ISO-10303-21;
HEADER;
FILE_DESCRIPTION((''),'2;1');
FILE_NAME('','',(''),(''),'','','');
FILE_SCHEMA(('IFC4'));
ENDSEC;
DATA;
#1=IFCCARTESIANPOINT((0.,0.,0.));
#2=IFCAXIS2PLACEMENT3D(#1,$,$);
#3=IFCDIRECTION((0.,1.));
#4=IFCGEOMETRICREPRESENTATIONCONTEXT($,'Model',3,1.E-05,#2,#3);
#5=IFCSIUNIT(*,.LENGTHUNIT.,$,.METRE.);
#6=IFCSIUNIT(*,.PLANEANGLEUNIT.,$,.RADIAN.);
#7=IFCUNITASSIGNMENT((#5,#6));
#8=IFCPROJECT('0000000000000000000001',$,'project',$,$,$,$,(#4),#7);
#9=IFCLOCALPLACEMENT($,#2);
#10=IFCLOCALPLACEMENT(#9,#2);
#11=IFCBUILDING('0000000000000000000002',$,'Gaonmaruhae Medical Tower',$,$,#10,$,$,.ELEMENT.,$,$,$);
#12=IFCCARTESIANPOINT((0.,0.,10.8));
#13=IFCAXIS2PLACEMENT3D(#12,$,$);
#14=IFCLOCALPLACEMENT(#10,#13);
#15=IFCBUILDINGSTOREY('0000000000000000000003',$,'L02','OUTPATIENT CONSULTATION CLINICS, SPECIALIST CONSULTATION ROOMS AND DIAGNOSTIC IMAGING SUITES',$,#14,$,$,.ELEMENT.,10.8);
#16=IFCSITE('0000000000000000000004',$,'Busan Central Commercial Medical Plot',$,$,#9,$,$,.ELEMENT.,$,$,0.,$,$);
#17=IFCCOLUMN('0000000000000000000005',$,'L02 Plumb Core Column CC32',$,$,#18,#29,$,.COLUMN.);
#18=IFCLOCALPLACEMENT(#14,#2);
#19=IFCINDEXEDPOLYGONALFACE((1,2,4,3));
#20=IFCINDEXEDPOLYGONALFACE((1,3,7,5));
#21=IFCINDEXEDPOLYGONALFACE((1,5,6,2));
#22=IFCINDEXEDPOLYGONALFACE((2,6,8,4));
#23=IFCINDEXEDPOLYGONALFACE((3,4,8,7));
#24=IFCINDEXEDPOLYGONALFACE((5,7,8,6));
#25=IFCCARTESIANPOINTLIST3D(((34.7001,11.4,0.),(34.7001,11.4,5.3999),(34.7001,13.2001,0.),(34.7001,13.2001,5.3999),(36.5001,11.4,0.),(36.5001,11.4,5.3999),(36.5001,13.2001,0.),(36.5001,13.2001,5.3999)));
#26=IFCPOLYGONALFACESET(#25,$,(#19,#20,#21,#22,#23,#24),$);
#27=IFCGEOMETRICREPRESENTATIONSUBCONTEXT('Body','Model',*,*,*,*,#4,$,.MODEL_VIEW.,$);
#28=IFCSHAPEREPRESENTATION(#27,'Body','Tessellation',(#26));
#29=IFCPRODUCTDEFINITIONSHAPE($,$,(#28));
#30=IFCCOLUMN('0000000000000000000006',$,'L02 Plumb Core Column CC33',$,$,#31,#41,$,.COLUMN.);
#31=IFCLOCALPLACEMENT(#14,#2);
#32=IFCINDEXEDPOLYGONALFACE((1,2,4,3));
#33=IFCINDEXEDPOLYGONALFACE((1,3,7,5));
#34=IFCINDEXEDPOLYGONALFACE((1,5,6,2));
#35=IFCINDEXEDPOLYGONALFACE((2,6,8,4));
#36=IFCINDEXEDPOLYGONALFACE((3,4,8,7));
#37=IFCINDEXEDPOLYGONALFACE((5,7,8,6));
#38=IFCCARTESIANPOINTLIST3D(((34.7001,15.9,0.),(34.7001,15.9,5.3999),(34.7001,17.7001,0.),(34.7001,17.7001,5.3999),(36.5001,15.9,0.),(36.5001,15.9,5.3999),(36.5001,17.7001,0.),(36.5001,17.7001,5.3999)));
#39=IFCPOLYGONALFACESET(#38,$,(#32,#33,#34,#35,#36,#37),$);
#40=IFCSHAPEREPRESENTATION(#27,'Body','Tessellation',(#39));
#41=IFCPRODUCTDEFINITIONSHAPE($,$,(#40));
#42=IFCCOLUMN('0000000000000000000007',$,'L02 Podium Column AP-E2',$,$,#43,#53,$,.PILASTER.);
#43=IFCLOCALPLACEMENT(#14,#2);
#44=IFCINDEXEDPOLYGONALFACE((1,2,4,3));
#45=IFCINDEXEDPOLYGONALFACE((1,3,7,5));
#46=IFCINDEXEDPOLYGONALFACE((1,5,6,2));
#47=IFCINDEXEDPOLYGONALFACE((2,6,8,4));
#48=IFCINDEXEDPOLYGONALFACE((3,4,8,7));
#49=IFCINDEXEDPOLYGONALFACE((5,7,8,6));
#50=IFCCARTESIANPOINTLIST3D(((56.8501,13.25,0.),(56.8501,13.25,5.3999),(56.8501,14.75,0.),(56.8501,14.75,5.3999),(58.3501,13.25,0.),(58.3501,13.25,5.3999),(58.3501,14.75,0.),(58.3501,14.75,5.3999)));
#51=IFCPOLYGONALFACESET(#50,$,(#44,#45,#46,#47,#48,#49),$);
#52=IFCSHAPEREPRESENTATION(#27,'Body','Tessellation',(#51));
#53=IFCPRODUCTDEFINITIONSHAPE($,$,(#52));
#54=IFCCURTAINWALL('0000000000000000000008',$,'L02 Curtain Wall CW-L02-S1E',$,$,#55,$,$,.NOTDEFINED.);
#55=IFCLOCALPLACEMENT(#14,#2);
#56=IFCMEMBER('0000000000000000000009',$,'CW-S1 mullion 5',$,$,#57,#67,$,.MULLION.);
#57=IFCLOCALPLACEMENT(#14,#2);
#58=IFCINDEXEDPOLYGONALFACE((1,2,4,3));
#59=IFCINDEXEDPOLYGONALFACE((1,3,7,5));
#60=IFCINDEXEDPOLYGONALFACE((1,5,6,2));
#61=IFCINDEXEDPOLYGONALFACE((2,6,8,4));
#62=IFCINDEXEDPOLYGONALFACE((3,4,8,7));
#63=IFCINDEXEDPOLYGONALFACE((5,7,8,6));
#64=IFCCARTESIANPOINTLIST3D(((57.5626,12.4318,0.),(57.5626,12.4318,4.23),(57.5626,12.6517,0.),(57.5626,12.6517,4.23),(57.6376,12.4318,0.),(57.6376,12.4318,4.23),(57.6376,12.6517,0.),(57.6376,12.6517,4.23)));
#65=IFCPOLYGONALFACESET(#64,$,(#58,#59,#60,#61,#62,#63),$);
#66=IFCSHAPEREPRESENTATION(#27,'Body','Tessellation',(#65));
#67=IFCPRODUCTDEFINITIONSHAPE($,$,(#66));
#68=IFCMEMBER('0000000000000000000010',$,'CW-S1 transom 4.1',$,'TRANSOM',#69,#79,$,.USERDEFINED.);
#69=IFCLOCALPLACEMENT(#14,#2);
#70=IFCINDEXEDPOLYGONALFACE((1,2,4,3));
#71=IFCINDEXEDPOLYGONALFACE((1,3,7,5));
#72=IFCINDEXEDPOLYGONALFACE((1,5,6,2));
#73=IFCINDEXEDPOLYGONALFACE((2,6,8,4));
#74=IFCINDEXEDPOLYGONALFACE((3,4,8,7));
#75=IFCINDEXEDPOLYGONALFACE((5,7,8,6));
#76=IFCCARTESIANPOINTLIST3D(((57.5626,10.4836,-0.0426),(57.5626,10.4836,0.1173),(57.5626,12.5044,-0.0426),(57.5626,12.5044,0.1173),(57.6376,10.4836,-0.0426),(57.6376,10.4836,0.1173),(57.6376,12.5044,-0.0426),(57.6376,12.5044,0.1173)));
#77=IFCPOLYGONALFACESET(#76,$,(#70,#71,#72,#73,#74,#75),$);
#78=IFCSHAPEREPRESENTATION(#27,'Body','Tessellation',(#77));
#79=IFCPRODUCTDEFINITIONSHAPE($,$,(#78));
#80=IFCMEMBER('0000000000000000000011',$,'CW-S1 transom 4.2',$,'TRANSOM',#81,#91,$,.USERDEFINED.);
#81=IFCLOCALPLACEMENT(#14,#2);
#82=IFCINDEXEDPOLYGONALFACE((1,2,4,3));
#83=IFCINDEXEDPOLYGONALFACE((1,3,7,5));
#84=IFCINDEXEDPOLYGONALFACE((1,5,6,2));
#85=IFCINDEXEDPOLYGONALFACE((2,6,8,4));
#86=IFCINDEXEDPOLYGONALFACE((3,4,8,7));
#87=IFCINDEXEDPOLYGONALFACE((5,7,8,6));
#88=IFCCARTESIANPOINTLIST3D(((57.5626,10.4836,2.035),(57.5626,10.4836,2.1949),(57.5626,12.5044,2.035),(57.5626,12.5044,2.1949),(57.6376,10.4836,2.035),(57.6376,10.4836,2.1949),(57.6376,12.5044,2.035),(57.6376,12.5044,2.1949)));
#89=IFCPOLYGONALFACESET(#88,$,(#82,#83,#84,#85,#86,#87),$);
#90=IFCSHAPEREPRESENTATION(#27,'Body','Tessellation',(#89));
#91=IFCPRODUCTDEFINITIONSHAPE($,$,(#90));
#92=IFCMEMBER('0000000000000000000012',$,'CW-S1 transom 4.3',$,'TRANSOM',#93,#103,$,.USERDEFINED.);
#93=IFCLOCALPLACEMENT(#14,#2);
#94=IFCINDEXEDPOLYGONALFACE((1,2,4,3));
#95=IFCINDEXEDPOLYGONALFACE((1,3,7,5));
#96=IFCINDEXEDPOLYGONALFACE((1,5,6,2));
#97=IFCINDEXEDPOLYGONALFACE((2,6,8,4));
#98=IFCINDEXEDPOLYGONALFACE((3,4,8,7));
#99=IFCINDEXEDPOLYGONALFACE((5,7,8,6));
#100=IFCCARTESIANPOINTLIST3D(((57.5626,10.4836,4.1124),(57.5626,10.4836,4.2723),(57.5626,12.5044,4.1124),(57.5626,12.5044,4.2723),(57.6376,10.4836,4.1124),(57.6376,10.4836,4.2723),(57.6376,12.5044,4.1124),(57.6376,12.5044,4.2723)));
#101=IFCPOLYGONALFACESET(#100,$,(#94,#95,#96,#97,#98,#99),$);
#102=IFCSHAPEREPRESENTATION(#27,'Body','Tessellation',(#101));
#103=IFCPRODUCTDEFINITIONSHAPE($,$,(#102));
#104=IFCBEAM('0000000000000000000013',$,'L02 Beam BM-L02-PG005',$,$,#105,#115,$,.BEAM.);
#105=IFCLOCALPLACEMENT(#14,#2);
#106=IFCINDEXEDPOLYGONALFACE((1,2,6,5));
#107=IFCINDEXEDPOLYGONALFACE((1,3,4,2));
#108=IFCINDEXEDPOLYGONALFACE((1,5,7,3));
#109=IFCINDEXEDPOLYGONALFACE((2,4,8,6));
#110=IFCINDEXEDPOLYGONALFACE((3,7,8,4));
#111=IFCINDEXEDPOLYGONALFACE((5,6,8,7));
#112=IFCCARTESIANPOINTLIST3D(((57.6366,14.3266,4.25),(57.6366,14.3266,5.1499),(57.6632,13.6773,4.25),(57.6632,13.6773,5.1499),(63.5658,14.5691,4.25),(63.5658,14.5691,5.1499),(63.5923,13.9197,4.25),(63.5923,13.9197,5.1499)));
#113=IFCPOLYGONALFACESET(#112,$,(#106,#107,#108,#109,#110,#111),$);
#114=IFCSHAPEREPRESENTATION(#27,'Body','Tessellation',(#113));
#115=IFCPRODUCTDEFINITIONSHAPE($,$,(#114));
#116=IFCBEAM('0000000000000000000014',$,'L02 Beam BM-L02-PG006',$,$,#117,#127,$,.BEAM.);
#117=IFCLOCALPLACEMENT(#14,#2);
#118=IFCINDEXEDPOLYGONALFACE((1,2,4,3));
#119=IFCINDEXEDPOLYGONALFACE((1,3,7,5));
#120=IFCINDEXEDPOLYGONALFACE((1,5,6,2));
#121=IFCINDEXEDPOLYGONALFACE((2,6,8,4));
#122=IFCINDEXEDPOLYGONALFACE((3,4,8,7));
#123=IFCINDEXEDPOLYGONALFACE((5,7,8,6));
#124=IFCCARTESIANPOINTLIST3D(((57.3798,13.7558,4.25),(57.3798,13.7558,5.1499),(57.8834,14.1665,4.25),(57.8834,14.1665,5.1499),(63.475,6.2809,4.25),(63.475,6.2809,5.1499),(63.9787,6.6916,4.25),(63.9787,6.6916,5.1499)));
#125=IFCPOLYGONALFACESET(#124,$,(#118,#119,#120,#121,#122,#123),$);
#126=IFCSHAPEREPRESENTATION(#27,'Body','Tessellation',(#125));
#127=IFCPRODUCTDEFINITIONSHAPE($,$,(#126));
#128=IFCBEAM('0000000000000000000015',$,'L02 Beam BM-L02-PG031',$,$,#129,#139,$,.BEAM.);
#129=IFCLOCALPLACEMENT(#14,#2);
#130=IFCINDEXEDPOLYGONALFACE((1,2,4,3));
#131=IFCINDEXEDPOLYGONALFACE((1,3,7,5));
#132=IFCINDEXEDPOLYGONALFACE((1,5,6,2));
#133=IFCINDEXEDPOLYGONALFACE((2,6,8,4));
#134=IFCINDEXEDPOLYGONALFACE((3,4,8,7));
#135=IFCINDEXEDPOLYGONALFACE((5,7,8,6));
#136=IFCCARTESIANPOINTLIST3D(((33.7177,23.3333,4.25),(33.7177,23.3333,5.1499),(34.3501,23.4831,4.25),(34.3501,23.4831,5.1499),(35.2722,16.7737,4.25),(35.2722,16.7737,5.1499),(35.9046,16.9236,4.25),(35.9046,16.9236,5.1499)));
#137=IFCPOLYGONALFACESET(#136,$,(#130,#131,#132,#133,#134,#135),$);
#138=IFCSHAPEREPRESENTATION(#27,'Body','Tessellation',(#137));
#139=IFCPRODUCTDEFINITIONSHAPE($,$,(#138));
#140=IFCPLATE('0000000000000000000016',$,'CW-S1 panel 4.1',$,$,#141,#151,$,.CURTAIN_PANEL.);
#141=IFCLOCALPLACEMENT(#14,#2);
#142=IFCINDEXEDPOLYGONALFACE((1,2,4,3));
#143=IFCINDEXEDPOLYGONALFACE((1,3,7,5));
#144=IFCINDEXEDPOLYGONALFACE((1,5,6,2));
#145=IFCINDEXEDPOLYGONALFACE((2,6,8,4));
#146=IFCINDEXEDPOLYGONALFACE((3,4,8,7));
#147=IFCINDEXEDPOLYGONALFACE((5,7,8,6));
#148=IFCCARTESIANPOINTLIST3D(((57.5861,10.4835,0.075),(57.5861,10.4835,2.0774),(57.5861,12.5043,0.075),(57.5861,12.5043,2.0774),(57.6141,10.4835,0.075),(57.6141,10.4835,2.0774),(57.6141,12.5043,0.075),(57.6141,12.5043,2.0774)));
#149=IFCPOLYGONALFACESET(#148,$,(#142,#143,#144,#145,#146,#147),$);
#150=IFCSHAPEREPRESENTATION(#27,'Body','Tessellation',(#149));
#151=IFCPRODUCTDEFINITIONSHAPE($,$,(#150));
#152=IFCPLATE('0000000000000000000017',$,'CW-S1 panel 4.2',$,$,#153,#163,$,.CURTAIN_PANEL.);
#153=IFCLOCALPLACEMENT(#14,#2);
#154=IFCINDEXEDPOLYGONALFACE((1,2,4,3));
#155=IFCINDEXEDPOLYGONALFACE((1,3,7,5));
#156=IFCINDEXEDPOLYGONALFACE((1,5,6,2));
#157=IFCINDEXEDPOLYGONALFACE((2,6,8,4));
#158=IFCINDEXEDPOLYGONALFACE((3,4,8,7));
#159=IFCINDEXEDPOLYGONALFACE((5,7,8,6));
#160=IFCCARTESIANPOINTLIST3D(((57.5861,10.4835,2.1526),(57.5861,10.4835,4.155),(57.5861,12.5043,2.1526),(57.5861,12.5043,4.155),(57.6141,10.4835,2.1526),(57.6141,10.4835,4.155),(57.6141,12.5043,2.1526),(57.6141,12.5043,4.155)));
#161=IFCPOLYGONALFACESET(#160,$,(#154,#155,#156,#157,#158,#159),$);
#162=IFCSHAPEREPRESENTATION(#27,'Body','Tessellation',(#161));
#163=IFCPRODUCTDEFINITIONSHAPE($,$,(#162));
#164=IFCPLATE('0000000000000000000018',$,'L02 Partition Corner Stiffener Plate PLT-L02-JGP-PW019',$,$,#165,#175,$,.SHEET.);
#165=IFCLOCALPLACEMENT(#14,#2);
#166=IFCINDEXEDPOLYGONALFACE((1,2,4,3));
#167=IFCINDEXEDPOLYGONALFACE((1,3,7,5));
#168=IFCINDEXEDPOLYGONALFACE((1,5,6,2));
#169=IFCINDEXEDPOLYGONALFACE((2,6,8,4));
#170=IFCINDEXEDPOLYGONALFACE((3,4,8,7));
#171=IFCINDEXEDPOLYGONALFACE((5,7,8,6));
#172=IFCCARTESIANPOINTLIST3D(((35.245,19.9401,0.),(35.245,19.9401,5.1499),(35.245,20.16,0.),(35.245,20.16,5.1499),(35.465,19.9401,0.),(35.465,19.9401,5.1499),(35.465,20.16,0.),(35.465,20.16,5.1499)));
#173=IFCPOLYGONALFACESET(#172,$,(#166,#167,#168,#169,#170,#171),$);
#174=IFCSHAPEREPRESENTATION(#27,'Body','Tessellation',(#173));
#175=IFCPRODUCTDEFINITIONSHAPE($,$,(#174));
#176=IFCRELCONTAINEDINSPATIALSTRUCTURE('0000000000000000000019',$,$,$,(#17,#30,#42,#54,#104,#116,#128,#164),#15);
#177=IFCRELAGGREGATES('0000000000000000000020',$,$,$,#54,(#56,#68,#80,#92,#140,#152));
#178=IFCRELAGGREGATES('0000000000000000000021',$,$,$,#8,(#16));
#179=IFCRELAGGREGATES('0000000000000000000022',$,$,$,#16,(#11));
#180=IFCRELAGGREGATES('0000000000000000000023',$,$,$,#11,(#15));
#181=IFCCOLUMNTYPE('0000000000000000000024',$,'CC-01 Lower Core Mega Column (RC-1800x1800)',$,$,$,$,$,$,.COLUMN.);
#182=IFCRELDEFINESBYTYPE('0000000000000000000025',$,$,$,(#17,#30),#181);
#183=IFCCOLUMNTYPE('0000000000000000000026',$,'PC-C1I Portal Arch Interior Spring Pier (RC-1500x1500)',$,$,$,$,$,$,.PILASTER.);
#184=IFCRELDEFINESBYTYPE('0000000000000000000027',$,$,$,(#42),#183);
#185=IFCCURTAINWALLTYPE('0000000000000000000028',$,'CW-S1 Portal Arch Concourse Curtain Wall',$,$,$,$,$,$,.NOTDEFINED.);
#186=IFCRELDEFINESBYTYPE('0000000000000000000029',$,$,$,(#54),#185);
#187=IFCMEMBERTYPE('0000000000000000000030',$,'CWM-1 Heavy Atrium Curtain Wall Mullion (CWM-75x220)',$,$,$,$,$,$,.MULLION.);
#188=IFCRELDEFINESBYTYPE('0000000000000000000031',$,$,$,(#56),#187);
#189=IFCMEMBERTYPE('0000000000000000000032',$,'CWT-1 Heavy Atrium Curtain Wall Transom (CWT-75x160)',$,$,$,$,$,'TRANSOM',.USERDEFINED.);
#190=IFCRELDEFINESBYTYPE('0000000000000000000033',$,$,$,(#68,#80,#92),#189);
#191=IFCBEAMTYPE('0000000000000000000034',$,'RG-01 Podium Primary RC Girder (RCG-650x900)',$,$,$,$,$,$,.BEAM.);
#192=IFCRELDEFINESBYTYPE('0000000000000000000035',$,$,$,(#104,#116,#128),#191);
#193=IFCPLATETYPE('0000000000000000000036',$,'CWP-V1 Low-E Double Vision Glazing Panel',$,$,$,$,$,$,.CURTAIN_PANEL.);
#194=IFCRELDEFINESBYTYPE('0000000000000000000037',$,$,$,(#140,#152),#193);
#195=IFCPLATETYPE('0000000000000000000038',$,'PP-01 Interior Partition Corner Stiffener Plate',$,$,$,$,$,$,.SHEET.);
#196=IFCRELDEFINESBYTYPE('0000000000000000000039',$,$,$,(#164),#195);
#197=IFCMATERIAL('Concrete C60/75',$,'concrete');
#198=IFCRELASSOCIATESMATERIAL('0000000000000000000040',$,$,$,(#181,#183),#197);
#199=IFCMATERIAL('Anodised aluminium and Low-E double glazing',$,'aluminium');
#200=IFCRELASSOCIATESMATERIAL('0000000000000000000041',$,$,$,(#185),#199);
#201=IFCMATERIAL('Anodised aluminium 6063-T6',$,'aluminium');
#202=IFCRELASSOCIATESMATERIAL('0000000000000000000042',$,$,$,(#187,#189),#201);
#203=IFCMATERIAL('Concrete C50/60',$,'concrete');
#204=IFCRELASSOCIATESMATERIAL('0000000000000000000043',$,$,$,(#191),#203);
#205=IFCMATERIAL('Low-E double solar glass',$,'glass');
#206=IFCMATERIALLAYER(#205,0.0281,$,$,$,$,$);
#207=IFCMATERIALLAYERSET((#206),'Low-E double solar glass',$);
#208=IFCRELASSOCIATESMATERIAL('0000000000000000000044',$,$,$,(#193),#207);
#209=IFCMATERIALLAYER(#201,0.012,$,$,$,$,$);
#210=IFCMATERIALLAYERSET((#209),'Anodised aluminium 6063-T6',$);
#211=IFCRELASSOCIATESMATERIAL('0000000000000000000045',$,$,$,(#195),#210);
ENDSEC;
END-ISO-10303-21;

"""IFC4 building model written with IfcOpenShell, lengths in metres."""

from ifc_helpers import new_model, si_unit, direction, frame, origin, origin_2d, place, context, subcontext, project, spatial, rectangle, extrude, material, layer, layer_set, material_profile, profile_set, type_object, element, aggregate, save


model = new_model("IFC4")

# Units and contexts
model_context = context("Model", 3, precision=1e-05, world=origin(), true_north=direction((0.0, 1.0)))
body_context = subcontext(model_context, "Body", "Model", "MODEL_VIEW")
ifc_project = project(units=[si_unit("LENGTHUNIT", "METRE"), si_unit("PLANEANGLEUNIT", "RADIAN")], contexts=[model_context])

# Site, building, storey
site_placement = place(None, origin())
site = spatial("IfcSite", under=ifc_project, at=site_placement, Name="Busan Central Commercial Medical Plot", CompositionType="ELEMENT", RefElevation=0.0)
building_placement = place(site_placement, origin())
building = spatial("IfcBuilding", under=site, at=building_placement, Name="Gaonmaruhae Medical Tower", CompositionType="ELEMENT")
storey_placement = place(building_placement, frame((0.0, 0.0, 10.8)))
storey = spatial("IfcBuildingStorey", under=building, at=storey_placement, Name="L02", Description="OUTPATIENT CONSULTATION CLINICS, SPECIALIST CONSULTATION ROOMS AND DIAGNOSTIC IMAGING SUITES", CompositionType="ELEMENT", Elevation=10.8)

# Columns
ifc_material_1 = material(Name="Concrete C60/75", Category="concrete")
ifc_material_profile_1 = material_profile(ifc_material_1, rectangle(XDim=1.8, YDim=1.8, at=origin_2d()), Name="RC-1800x1800")
ifc_profile_set_1 = profile_set([ifc_material_profile_1], Name="Concrete C60/75")
column_type_1 = type_object("IfcColumnType", Name="CC-01 Lower Core Mega Column (RC-1800x1800)", PredefinedType="COLUMN", material=ifc_profile_set_1)
for number, where, z_axis, x_axis, name in (
    (1, (35.6001, 12.3, 0.0), (0.0, 0.0, 1.0), (1.0, 0.0, 0.0), "L02 Plumb Core Column CC32"),
    (2, (35.6001, 16.8, 0.0), (0.0, 0.0, 1.0), (1.0, 0.0, 0.0), "L02 Plumb Core Column CC33"),
):
    element("IfcColumn", number, at=place(storey_placement, frame(where, z_axis=z_axis, x_axis=x_axis)), inside=storey, type_object=column_type_1, Name=name, PredefinedType="COLUMN", context=body_context, shape_type="SweptSolid", body=[
        extrude(rectangle(XDim=1.8, YDim=1.8, at=origin_2d()), origin(), (0.0, 0.0, 1.0), 5.3999),
    ])
ifc_material_profile_2 = material_profile(ifc_material_1, rectangle(XDim=1.5, YDim=1.5, at=origin_2d()), Name="RC-1500x1500")
ifc_profile_set_2 = profile_set([ifc_material_profile_2], Name="Concrete C60/75")
column_type_2 = type_object("IfcColumnType", Name="PC-C1I Portal Arch Interior Spring Pier (RC-1500x1500)", PredefinedType="PILASTER", material=ifc_profile_set_2)
column_placement = place(storey_placement, frame((57.6001, 14.0, 0.0), z_axis=(0.0, 0.0, 1.0), x_axis=(1.0, 0.0, 0.0)))
element("IfcColumn", 3, at=column_placement, inside=storey, type_object=column_type_2, Name="L02 Podium Column AP-E2", PredefinedType="PILASTER", context=body_context, shape_type="SweptSolid", body=[
    extrude(rectangle(XDim=1.5, YDim=1.5, at=origin_2d()), origin(), (0.0, 0.0, 1.0), 5.3999),
])

# Curtain wall, members
ifc_material_2 = material(Name="Anodised aluminium and Low-E double glazing", Category="aluminium")
curtain_wall_type = type_object("IfcCurtainWallType", Name="CW-S1 Portal Arch Concourse Curtain Wall", PredefinedType="NOTDEFINED", material=ifc_material_2)
curtain_wall_placement = place(storey_placement, origin())
curtain_wall = element("IfcCurtainWall", 4, at=curtain_wall_placement, inside=storey, type_object=curtain_wall_type, Name="L02 Curtain Wall CW-L02-S1E", PredefinedType="NOTDEFINED")
ifc_material_3 = material(Name="Anodised aluminium 6063-T6", Category="aluminium")
ifc_material_profile_3 = material_profile(ifc_material_3, rectangle(XDim=0.075, YDim=0.22, at=origin_2d()), Name="CWM-75x220")
ifc_profile_set_3 = profile_set([ifc_material_profile_3], Name="Anodised aluminium 6063-T6")
member_type_1 = type_object("IfcMemberType", Name="CWM-1 Heavy Atrium Curtain Wall Mullion (CWM-75x220)", PredefinedType="MULLION", material=ifc_profile_set_3)
member_1_placement = place(storey_placement, frame((57.6001, 12.5417, 0.0), z_axis=(0.0, 0.0, 1.0), x_axis=(-1.0, 0.0, 0.0)))
member_1 = element("IfcMember", 5, at=member_1_placement, type_object=member_type_1, Name="CW-S1 mullion 5", PredefinedType="MULLION", context=body_context, shape_type="SweptSolid", body=[
    extrude(rectangle(XDim=0.075, YDim=0.22, at=origin_2d()), origin(), (0.0, 0.0, 1.0), 4.23),
])
ifc_material_profile_4 = material_profile(ifc_material_3, rectangle(XDim=0.075, YDim=0.1599, at=origin_2d()), Name="CWT-75x160")
ifc_profile_set_4 = profile_set([ifc_material_profile_4], Name="Anodised aluminium 6063-T6")
member_type_2 = type_object("IfcMemberType", Name="CWT-1 Heavy Atrium Curtain Wall Transom (CWT-75x160)", ElementType="TRANSOM", PredefinedType="USERDEFINED", material=ifc_profile_set_4)
member_2_placement = place(storey_placement, frame((57.6001, 10.4836, 0.0374), z_axis=(0.0, 1.0, 0.0), x_axis=(-1.0, 0.0, 0.0)))
member_2 = element("IfcMember", 6, at=member_2_placement, type_object=member_type_2, Name="CW-S1 transom 4.1", ObjectType="TRANSOM", PredefinedType="USERDEFINED", context=body_context, shape_type="SweptSolid", body=[
    extrude(rectangle(XDim=0.075, YDim=0.1599, at=origin_2d()), origin(), (0.0, 0.0, 1.0), 2.0208),
])
member_3_placement = place(storey_placement, frame((57.6001, 10.4836, 2.115), z_axis=(0.0, 1.0, 0.0), x_axis=(-1.0, 0.0, 0.0)))
member_3 = element("IfcMember", 7, at=member_3_placement, type_object=member_type_2, Name="CW-S1 transom 4.2", ObjectType="TRANSOM", PredefinedType="USERDEFINED", context=body_context, shape_type="SweptSolid", body=[
    extrude(rectangle(XDim=0.075, YDim=0.1599, at=origin_2d()), origin(), (0.0, 0.0, 1.0), 2.0208),
])
member_4_placement = place(storey_placement, frame((57.6001, 10.4836, 4.1924), z_axis=(0.0, 1.0, 0.0), x_axis=(-1.0, 0.0, 0.0)))
member_4 = element("IfcMember", 8, at=member_4_placement, type_object=member_type_2, Name="CW-S1 transom 4.3", ObjectType="TRANSOM", PredefinedType="USERDEFINED", context=body_context, shape_type="SweptSolid", body=[
    extrude(rectangle(XDim=0.075, YDim=0.1599, at=origin_2d()), origin(), (0.0, 0.0, 1.0), 2.0208),
])

# Beams
ifc_material_4 = material(Name="Concrete C50/60", Category="concrete")
ifc_material_profile_5 = material_profile(ifc_material_4, rectangle(XDim=0.6499, YDim=0.8999, at=origin_2d()), Name="RCG-650x900")
ifc_profile_set_5 = profile_set([ifc_material_profile_5], Name="Concrete C50/60")
beam_type = type_object("IfcBeamType", Name="RG-01 Podium Primary RC Girder (RCG-650x900)", PredefinedType="BEAM", material=ifc_profile_set_5)
beam_1_placement = place(storey_placement, frame((57.6499, 14.002, 4.7), z_axis=(0.999165, 0.040854, 0.0), x_axis=(-0.040854, 0.999165, 0.0)))
element("IfcBeam", 9, at=beam_1_placement, inside=storey, type_object=beam_type, Name="L02 Beam BM-L02-PG005", PredefinedType="BEAM", context=body_context, shape_type="SweptSolid", body=[
    extrude(rectangle(XDim=0.6499, YDim=0.8999, at=origin_2d()), origin(), (0.0, 0.0, 1.0), 5.9341),
])
beam_2_placement = place(storey_placement, frame((57.6316, 13.9612, 4.7), z_axis=(0.631959, -0.775002, 0.0), x_axis=(0.775002, 0.631959, 0.0)))
element("IfcBeam", 10, at=beam_2_placement, inside=storey, type_object=beam_type, Name="L02 Beam BM-L02-PG006", PredefinedType="BEAM", context=body_context, shape_type="SweptSolid", body=[
    extrude(rectangle(XDim=0.6499, YDim=0.8999, at=origin_2d()), origin(), (0.0, 0.0, 1.0), 9.645),
])
beam_3_placement = place(storey_placement, frame((34.0339, 23.4082, 4.7), z_axis=(0.230587, -0.973052, 0.0), x_axis=(0.973052, 0.230587, 0.0)))
element("IfcBeam", 11, at=beam_3_placement, inside=storey, type_object=beam_type, Name="L02 Beam BM-L02-PG031", PredefinedType="BEAM", context=body_context, shape_type="SweptSolid", body=[
    extrude(rectangle(XDim=0.6499, YDim=0.8999, at=origin_2d()), origin(), (0.0, 0.0, 1.0), 6.7412),
])

# Plates
ifc_material_5 = material(Name="Low-E double solar glass", Category="glass")
ifc_layer_1 = layer(ifc_material_5, 0.0281)
ifc_layer_set_1 = layer_set([ifc_layer_1], Name="Low-E double solar glass")
plate_type_1 = type_object("IfcPlateType", Name="CWP-V1 Low-E Double Vision Glazing Panel", PredefinedType="CURTAIN_PANEL", material=ifc_layer_set_1)
plate_1_placement = place(storey_placement, frame((57.6001, 11.4939, 0.075), z_axis=(0.0, 0.0, 1.0), x_axis=(0.0, 1.0, 0.0)))
plate_1 = element("IfcPlate", 12, at=plate_1_placement, type_object=plate_type_1, Name="CW-S1 panel 4.1", PredefinedType="CURTAIN_PANEL", context=body_context, shape_type="SweptSolid", body=[
    extrude(rectangle(XDim=2.0208, YDim=0.0281, at=origin_2d()), origin(), (0.0, 0.0, 1.0), 2.0024),
])
plate_2_placement = place(storey_placement, frame((57.6001, 11.4939, 2.1526), z_axis=(0.0, 0.0, 1.0), x_axis=(0.0, 1.0, 0.0)))
plate_2 = element("IfcPlate", 13, at=plate_2_placement, type_object=plate_type_1, Name="CW-S1 panel 4.2", PredefinedType="CURTAIN_PANEL", context=body_context, shape_type="SweptSolid", body=[
    extrude(rectangle(XDim=2.0208, YDim=0.0281, at=origin_2d()), origin(), (0.0, 0.0, 1.0), 2.0024),
])
aggregate(curtain_wall, [member_1, member_2, member_3, member_4, plate_1, plate_2])
ifc_layer_2 = layer(ifc_material_3, 0.012)
ifc_layer_set_2 = layer_set([ifc_layer_2], Name="Anodised aluminium 6063-T6")
plate_type_2 = type_object("IfcPlateType", Name="PP-01 Interior Partition Corner Stiffener Plate", PredefinedType="SHEET", material=ifc_layer_set_2)
plate_3_placement = place(storey_placement, frame((35.355, 20.05, 0.0), z_axis=(0.0, 0.0, 1.0), x_axis=(-1.0, 0.0, 0.0)))
element("IfcPlate", 14, at=plate_3_placement, inside=storey, type_object=plate_type_2, Name="L02 Partition Corner Stiffener Plate PLT-L02-JGP-PW019", PredefinedType="SHEET", context=body_context, shape_type="SweptSolid", body=[
    extrude(rectangle(XDim=0.22, YDim=0.22, at=origin_2d()), origin(), (0.0, 0.0, 1.0), 5.1499),
])

save(model, "model.ifc")
